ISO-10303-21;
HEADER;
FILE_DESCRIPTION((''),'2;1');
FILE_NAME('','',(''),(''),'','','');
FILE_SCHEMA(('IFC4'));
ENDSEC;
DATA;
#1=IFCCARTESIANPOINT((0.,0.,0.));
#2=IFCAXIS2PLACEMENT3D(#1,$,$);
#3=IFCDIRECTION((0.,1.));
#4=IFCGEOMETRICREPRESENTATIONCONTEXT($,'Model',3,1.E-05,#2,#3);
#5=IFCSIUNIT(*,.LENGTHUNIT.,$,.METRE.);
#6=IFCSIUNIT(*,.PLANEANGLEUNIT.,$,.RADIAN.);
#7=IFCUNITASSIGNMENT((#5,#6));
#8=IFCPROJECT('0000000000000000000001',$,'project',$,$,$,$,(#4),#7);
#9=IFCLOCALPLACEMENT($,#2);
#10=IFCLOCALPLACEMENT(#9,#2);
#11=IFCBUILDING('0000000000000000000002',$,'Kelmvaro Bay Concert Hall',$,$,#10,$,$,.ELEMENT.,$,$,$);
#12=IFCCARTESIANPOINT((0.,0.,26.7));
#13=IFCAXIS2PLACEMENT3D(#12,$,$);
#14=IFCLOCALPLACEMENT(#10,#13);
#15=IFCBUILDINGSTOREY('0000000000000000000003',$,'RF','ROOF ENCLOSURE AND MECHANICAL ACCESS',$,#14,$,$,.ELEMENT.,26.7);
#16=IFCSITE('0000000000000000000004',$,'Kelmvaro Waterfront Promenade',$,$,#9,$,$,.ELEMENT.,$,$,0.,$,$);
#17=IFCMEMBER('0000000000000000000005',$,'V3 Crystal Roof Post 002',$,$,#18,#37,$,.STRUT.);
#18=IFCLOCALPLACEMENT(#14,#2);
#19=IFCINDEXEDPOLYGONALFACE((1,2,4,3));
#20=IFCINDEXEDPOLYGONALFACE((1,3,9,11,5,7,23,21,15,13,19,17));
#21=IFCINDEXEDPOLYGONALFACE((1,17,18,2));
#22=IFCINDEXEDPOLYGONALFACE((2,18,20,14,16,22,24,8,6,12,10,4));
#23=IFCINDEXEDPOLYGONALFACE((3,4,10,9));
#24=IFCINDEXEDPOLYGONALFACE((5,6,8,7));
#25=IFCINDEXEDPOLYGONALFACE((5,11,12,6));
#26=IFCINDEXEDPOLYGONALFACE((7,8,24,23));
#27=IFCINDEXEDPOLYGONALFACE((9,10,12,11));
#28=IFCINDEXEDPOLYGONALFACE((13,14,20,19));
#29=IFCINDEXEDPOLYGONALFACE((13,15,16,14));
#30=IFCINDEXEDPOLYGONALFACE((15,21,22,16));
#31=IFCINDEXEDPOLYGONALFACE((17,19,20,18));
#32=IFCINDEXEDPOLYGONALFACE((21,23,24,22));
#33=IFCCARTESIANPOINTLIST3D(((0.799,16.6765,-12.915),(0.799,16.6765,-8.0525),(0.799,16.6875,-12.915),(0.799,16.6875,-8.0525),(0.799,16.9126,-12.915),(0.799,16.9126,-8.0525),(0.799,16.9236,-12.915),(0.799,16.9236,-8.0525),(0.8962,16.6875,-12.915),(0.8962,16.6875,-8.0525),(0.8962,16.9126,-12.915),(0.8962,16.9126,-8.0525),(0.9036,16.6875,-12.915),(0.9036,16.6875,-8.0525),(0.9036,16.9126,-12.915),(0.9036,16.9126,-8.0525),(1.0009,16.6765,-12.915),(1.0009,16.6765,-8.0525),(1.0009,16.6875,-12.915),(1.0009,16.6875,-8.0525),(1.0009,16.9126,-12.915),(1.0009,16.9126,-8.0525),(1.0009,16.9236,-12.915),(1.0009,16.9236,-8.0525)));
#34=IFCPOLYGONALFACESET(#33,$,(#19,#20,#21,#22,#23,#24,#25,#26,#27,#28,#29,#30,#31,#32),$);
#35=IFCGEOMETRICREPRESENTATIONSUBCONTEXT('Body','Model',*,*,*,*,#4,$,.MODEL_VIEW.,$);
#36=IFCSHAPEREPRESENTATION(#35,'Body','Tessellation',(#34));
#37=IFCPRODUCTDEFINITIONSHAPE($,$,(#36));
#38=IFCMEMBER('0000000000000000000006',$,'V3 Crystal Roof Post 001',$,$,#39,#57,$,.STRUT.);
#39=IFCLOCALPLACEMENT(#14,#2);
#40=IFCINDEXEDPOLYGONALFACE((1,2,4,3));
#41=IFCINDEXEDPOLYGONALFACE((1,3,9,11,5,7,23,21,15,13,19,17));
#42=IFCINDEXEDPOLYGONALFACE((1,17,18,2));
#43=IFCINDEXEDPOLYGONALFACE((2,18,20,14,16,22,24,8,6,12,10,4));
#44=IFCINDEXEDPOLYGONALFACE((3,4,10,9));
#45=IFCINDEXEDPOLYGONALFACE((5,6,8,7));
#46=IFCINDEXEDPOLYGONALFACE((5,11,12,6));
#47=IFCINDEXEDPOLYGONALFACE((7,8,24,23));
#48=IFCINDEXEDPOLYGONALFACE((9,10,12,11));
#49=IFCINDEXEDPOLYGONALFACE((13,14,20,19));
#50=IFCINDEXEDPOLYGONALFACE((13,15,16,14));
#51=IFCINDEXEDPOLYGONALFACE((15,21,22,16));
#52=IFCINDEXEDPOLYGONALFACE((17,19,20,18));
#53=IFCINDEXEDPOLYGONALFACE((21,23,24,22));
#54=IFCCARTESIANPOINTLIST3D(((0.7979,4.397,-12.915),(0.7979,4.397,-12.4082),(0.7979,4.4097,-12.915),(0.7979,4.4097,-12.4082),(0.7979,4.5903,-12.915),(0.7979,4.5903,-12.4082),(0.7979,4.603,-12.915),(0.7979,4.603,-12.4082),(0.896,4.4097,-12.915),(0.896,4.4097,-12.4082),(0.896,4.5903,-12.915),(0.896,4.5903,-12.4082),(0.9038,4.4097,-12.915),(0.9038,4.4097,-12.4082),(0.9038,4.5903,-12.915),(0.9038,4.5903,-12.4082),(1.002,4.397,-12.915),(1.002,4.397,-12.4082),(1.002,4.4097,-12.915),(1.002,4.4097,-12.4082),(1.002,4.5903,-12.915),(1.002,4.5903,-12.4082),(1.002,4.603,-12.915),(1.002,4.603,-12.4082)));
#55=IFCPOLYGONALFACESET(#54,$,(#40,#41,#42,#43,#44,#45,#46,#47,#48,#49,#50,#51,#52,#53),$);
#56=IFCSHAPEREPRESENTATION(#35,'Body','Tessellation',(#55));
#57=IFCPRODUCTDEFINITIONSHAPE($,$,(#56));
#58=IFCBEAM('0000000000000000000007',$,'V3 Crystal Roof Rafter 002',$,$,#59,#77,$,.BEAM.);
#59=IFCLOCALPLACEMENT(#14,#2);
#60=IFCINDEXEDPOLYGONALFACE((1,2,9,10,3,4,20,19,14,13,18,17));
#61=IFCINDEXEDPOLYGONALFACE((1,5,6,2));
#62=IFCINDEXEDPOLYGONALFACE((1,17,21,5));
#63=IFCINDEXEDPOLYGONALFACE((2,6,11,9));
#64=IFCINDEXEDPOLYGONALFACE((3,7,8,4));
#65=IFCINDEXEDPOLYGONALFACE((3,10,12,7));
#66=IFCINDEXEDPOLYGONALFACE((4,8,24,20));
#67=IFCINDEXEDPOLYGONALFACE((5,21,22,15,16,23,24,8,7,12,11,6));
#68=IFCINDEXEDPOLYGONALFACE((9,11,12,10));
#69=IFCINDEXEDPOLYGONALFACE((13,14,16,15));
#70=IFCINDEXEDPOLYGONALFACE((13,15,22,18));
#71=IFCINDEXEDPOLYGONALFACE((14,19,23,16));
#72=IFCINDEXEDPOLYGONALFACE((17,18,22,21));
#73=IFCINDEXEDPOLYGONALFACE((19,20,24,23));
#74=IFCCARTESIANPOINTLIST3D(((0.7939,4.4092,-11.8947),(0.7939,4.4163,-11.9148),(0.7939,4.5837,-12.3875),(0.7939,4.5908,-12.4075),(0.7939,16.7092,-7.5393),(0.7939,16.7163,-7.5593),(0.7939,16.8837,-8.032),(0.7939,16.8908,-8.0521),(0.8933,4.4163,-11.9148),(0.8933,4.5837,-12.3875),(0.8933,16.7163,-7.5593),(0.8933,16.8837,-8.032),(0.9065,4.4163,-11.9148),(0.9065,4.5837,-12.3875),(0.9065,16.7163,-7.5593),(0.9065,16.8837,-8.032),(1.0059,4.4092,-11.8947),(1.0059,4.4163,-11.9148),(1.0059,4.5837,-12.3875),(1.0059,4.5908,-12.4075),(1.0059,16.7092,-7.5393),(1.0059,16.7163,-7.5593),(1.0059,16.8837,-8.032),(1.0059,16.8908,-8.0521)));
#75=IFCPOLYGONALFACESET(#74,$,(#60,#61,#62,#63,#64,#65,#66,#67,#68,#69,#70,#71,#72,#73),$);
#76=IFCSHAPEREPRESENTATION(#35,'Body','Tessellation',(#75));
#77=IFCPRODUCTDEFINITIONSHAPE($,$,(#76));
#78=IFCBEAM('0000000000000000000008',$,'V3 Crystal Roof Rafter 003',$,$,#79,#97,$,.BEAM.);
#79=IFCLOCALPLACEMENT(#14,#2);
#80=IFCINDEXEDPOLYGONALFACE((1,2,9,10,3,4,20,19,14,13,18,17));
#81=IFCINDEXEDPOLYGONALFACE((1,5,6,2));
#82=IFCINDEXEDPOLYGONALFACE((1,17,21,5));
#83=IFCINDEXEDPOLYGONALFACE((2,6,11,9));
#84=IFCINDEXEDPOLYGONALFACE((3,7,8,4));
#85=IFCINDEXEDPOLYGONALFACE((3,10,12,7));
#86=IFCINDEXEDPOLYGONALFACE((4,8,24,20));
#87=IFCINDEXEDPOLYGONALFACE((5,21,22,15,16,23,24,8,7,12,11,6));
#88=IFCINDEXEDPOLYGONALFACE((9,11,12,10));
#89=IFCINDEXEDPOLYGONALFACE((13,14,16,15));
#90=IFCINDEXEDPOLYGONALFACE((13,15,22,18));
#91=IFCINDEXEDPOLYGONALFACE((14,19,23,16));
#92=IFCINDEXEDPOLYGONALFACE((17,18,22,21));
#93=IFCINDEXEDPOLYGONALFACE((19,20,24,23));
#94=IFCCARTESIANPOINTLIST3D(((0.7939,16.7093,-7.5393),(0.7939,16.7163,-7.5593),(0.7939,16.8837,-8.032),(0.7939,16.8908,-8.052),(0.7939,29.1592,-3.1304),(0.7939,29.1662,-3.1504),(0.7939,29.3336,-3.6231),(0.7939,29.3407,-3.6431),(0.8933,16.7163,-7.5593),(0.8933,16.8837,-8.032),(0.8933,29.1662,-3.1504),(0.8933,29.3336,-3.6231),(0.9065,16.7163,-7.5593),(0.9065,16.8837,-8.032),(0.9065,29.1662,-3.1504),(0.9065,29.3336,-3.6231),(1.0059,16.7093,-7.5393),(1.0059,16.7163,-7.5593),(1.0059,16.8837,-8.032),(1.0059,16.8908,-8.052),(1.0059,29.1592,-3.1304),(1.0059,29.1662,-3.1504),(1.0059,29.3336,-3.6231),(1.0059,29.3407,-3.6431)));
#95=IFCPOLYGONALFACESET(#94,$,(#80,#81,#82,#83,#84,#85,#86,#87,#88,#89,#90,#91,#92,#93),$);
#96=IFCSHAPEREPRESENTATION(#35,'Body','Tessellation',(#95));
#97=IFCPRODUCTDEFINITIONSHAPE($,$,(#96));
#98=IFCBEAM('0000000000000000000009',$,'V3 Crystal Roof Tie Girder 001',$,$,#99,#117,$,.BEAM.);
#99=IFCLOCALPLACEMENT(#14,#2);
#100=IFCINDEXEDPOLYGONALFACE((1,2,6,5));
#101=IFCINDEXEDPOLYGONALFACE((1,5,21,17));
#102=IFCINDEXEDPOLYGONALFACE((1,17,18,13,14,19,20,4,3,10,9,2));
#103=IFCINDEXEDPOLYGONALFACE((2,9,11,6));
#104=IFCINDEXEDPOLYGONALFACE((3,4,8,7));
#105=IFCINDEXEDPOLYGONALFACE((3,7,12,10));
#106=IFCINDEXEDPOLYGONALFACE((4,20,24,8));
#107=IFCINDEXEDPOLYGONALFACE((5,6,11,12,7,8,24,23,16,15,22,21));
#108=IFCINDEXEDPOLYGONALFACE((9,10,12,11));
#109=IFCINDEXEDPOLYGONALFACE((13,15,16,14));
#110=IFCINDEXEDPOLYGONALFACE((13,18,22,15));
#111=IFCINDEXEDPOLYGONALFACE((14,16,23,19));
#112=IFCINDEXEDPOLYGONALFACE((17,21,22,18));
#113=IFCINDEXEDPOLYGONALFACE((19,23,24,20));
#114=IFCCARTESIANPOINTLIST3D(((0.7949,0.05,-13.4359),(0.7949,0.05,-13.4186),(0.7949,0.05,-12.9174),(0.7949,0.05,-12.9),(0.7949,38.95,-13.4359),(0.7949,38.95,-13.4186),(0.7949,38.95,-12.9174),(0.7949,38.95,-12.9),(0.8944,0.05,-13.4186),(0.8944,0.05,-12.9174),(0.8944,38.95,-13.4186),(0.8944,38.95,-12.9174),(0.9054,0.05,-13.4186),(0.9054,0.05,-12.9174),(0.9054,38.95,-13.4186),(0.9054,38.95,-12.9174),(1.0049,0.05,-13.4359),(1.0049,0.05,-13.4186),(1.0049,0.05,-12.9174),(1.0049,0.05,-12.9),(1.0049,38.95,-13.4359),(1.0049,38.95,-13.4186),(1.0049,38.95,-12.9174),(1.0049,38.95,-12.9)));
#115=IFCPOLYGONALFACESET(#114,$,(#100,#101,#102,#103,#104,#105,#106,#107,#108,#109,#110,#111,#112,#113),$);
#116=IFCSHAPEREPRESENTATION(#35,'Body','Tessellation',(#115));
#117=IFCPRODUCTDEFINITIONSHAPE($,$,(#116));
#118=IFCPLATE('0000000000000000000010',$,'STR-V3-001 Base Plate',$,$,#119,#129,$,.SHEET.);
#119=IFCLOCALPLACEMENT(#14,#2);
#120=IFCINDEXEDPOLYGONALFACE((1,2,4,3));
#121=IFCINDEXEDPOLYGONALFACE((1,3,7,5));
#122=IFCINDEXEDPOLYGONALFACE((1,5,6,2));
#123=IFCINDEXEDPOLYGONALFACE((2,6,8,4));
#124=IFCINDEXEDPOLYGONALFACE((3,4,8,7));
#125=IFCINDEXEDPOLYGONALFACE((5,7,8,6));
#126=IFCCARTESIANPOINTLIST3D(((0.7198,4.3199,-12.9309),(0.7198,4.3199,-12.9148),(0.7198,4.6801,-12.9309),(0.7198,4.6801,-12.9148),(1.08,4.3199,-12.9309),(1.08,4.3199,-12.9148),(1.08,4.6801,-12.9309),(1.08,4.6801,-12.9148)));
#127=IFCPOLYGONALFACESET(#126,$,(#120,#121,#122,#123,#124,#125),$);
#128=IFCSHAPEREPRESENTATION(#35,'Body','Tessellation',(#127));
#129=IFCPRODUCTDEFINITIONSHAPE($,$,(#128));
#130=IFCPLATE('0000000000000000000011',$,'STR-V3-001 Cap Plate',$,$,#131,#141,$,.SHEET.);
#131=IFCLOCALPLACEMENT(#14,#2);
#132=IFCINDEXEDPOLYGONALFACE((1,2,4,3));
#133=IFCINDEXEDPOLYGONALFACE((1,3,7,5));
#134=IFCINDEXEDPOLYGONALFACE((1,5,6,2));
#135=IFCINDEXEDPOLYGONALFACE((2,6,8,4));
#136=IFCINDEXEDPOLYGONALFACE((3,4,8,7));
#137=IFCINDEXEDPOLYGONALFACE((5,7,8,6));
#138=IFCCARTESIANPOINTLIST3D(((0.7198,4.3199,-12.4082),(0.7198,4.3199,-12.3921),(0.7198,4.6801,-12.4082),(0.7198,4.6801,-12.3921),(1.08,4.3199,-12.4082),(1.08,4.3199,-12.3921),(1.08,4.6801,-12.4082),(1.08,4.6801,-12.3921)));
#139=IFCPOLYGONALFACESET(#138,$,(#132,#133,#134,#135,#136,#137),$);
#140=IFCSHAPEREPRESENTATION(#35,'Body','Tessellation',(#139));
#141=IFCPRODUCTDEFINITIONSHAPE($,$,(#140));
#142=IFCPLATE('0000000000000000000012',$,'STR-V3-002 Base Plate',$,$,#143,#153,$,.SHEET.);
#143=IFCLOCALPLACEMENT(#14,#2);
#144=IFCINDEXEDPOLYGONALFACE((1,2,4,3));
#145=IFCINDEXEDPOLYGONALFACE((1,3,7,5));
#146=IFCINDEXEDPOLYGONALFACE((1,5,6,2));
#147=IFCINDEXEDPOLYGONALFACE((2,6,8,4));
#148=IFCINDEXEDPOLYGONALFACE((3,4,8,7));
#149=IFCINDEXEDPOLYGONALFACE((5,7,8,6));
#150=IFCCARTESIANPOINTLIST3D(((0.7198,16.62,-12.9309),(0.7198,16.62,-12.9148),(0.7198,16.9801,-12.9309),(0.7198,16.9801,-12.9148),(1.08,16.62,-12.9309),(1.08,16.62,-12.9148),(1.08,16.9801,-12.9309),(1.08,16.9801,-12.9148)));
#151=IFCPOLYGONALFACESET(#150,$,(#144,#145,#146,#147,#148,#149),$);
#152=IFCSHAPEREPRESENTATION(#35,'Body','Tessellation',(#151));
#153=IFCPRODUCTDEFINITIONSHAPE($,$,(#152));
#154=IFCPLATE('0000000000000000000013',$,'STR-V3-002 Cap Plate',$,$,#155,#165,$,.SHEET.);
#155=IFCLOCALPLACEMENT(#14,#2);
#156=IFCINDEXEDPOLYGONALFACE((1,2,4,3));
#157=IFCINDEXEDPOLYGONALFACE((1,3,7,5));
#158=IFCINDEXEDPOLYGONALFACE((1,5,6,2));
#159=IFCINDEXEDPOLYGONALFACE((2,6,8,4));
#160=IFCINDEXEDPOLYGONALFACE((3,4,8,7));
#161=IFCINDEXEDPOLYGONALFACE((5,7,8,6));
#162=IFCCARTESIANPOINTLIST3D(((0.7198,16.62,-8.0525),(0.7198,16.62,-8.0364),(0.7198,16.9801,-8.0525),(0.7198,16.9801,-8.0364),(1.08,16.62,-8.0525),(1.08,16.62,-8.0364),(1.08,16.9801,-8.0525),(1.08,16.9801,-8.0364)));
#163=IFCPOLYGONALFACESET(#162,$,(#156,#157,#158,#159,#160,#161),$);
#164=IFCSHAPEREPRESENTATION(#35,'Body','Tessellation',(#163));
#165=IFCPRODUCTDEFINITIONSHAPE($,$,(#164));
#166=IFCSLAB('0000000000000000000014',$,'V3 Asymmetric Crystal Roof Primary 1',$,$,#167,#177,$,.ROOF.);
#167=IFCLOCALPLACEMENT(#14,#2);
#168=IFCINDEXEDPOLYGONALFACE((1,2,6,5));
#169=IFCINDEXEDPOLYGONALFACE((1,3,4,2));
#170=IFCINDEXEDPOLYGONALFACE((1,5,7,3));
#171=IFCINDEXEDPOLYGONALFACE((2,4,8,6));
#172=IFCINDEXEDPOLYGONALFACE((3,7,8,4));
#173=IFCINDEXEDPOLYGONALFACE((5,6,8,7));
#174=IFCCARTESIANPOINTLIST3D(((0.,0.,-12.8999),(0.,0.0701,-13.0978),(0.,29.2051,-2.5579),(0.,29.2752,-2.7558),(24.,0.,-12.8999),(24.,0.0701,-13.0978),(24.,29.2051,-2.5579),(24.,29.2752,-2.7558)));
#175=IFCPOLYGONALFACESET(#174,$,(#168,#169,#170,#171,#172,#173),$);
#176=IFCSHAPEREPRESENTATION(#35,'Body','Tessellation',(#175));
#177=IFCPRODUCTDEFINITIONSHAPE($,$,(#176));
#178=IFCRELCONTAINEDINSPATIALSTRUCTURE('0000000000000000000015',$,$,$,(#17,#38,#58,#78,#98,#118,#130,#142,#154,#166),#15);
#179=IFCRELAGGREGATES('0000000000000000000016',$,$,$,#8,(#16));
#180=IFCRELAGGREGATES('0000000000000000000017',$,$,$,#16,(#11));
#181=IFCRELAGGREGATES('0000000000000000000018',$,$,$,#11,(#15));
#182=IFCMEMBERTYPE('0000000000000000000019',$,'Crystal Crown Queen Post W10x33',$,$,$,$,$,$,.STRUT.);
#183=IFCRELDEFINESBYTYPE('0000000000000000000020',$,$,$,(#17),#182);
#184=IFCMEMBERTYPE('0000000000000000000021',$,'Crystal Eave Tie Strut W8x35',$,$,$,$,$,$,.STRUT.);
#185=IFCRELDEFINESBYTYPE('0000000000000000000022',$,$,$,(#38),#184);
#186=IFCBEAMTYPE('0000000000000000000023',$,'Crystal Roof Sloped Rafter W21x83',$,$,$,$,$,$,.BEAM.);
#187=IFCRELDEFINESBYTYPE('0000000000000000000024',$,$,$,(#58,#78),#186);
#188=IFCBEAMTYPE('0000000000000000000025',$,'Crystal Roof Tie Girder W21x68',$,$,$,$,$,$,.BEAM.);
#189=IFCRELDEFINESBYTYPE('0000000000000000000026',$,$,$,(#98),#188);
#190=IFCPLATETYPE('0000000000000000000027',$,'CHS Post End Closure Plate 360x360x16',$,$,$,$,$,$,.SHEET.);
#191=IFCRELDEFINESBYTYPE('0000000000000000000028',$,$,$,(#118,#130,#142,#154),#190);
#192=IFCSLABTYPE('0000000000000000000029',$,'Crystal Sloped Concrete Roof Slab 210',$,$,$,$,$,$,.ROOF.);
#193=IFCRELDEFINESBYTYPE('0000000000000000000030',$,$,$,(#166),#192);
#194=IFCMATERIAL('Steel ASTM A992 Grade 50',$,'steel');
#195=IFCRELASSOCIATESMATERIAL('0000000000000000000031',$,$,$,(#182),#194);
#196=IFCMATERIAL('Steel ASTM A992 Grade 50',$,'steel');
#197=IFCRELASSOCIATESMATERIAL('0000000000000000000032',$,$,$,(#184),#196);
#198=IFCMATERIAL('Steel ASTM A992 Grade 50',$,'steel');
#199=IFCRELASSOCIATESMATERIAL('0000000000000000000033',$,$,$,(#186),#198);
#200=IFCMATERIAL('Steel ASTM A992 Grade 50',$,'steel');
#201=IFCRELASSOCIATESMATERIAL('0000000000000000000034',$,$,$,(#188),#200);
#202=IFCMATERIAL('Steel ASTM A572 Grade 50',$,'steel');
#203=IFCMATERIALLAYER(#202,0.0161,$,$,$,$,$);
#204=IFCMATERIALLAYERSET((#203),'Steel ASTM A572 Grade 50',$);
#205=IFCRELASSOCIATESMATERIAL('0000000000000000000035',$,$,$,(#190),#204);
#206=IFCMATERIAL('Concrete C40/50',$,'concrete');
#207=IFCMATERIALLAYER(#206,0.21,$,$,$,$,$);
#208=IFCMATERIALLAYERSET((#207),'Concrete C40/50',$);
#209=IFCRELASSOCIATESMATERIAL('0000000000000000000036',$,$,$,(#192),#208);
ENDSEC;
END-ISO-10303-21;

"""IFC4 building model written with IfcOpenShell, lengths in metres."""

from ifc_helpers import new_model, si_unit, direction, frame, origin, origin_2d, place, context, subcontext, project, spatial, polyline, rectangle, i_section, outline, extrude, material, layer, layer_set, material_profile, profile_set, type_object, element, save


model = new_model("IFC4")

# Units and contexts
model_context = context("Model", 3, precision=1e-05, world=origin(), true_north=direction((0.0, 1.0)))
body_context = subcontext(model_context, "Body", "Model", "MODEL_VIEW")
ifc_project = project(units=[si_unit("LENGTHUNIT", "METRE"), si_unit("PLANEANGLEUNIT", "RADIAN")], contexts=[model_context])

# Site, building, storey
site_placement = place(None, origin())
site = spatial("IfcSite", under=ifc_project, at=site_placement, Name="Kelmvaro Waterfront Promenade", CompositionType="ELEMENT", RefElevation=0.0)
building_placement = place(site_placement, origin())
building = spatial("IfcBuilding", under=site, at=building_placement, Name="Kelmvaro Bay Concert Hall", CompositionType="ELEMENT")
storey_placement = place(building_placement, frame((0.0, 0.0, 26.7)))
storey = spatial("IfcBuildingStorey", under=building, at=storey_placement, Name="RF", Description="ROOF ENCLOSURE AND MECHANICAL ACCESS", CompositionType="ELEMENT", Elevation=26.7)

# Members
ifc_material_1 = material(Name="Steel ASTM A992 Grade 50", Category="steel")
ifc_material_profile_1 = material_profile(ifc_material_1, i_section(OverallWidth=0.2019, OverallDepth=0.2471, WebThickness=0.0073, FlangeThickness=0.011, at=origin_2d()), Name="W10X33")
ifc_profile_set_1 = profile_set([ifc_material_profile_1], Name="Steel ASTM A992 Grade 50")
member_type_1 = type_object("IfcMemberType", Name="Crystal Crown Queen Post W10x33", PredefinedType="STRUT", material=ifc_profile_set_1)
member_1_placement = place(storey_placement, frame((0.8999, 16.8, -12.915), z_axis=(0.0, 0.0, 1.0), x_axis=(1.0, 0.0, 0.0)))
element("IfcMember", 1, at=member_1_placement, inside=storey, type_object=member_type_1, Name="V3 Crystal Roof Post 002", PredefinedType="STRUT", context=body_context, shape_type="SweptSolid", body=[
    extrude(i_section(OverallWidth=0.2019, OverallDepth=0.2471, WebThickness=0.0073, FlangeThickness=0.011, at=origin_2d()), origin(), (0.0, 0.0, 1.0), 4.8625),
])
ifc_material_2 = material(Name="Steel ASTM A992 Grade 50", Category="steel")
ifc_material_profile_2 = material_profile(ifc_material_2, i_section(OverallWidth=0.2041, OverallDepth=0.2061, WebThickness=0.0078, FlangeThickness=0.0127, at=origin_2d()), Name="W8X35")
ifc_profile_set_2 = profile_set([ifc_material_profile_2], Name="Steel ASTM A992 Grade 50")
member_type_2 = type_object("IfcMemberType", Name="Crystal Eave Tie Strut W8x35", PredefinedType="STRUT", material=ifc_profile_set_2)
member_2_placement = place(storey_placement, frame((0.8999, 4.5, -12.915), z_axis=(0.0, 0.0, 1.0), x_axis=(1.0, 0.0, 0.0)))
element("IfcMember", 2, at=member_2_placement, inside=storey, type_object=member_type_2, Name="V3 Crystal Roof Post 001", PredefinedType="STRUT", context=body_context, shape_type="SweptSolid", body=[
    extrude(i_section(OverallWidth=0.2041, OverallDepth=0.2061, WebThickness=0.0078, FlangeThickness=0.0127, at=origin_2d()), origin(), (0.0, 0.0, 1.0), 0.5068),
])

# Beams
ifc_material_3 = material(Name="Steel ASTM A992 Grade 50", Category="steel")
ifc_material_profile_3 = material_profile(ifc_material_3, i_section(OverallWidth=0.2119, OverallDepth=0.5439, WebThickness=0.0132, FlangeThickness=0.0212, at=origin_2d()), Name="W21X83")
ifc_profile_set_3 = profile_set([ifc_material_profile_3], Name="Steel ASTM A992 Grade 50")
beam_type_1 = type_object("IfcBeamType", Name="Crystal Roof Sloped Rafter W21x83", PredefinedType="BEAM", material=ifc_profile_set_3)
beam_1_placement = place(storey_placement, frame((0.8999, 4.5, -12.1511), z_axis=(0.0, 0.942646, 0.333793), x_axis=(-1.0, 0.0, 0.0)))
element("IfcBeam", 3, at=beam_1_placement, inside=storey, type_object=beam_type_1, Name="V3 Crystal Roof Rafter 002", PredefinedType="BEAM", context=body_context, shape_type="SweptSolid", body=[
    extrude(i_section(OverallWidth=0.2119, OverallDepth=0.5439, WebThickness=0.0132, FlangeThickness=0.0212, at=origin_2d()), origin(), (0.0, 0.0, 1.0), 13.0483),
])
beam_2_placement = place(storey_placement, frame((0.8999, 16.8, -7.7957), z_axis=(0.0, 0.942637, 0.333819), x_axis=(-1.0, 0.0, 0.0)))
element("IfcBeam", 4, at=beam_2_placement, inside=storey, type_object=beam_type_1, Name="V3 Crystal Roof Rafter 003", PredefinedType="BEAM", context=body_context, shape_type="SweptSolid", body=[
    extrude(i_section(OverallWidth=0.2119, OverallDepth=0.5439, WebThickness=0.0132, FlangeThickness=0.0212, at=origin_2d()), origin(), (0.0, 0.0, 1.0), 13.2075),
])
ifc_material_4 = material(Name="Steel ASTM A992 Grade 50", Category="steel")
ifc_material_profile_4 = material_profile(ifc_material_4, i_section(OverallWidth=0.21, OverallDepth=0.5359, WebThickness=0.011, FlangeThickness=0.0173, at=origin_2d()), Name="W21X68")
ifc_profile_set_4 = profile_set([ifc_material_profile_4], Name="Steel ASTM A992 Grade 50")
beam_type_2 = type_object("IfcBeamType", Name="Crystal Roof Tie Girder W21x68", PredefinedType="BEAM", material=ifc_profile_set_4)
beam_3_placement = place(storey_placement, frame((0.8999, 0.05, -13.168), z_axis=(0.0, 1.0, 0.0), x_axis=(-1.0, 0.0, 0.0)))
element("IfcBeam", 5, at=beam_3_placement, inside=storey, type_object=beam_type_2, Name="V3 Crystal Roof Tie Girder 001", PredefinedType="BEAM", context=body_context, shape_type="SweptSolid", body=[
    extrude(i_section(OverallWidth=0.21, OverallDepth=0.5359, WebThickness=0.011, FlangeThickness=0.0173, at=origin_2d()), origin(), (0.0, 0.0, 1.0), 38.8999),
])

# Plates
ifc_material_5 = material(Name="Steel ASTM A572 Grade 50", Category="steel")
ifc_layer_1 = layer(ifc_material_5, 0.0161)
ifc_layer_set_1 = layer_set([ifc_layer_1], Name="Steel ASTM A572 Grade 50")
plate_type = type_object("IfcPlateType", Name="CHS Post End Closure Plate 360x360x16", PredefinedType="SHEET", material=ifc_layer_set_1)
for number, where, z_axis, x_axis, name in (
    (6, (0.8999, 4.5, -12.9309), (0.0, 0.0, 1.0), (1.0, 0.0, 0.0), "STR-V3-001 Base Plate"),
    (7, (0.8999, 4.5, -12.4082), (0.0, 0.0, 1.0), (1.0, 0.0, 0.0), "STR-V3-001 Cap Plate"),
    (8, (0.8999, 16.8, -12.9309), (0.0, 0.0, 1.0), (1.0, 0.0, 0.0), "STR-V3-002 Base Plate"),
    (9, (0.8999, 16.8, -8.0525), (0.0, 0.0, 1.0), (1.0, 0.0, 0.0), "STR-V3-002 Cap Plate"),
):
    element("IfcPlate", number, at=place(storey_placement, frame(where, z_axis=z_axis, x_axis=x_axis)), inside=storey, type_object=plate_type, Name=name, PredefinedType="SHEET", context=body_context, shape_type="SweptSolid", body=[
        extrude(rectangle(XDim=0.3601, YDim=0.3601, at=origin_2d()), origin(), (0.0, 0.0, 1.0), 0.0161),
    ])

# Slab
ifc_material_6 = material(Name="Concrete C40/50", Category="concrete")
ifc_layer_2 = layer(ifc_material_6, 0.21)
ifc_layer_set_2 = layer_set([ifc_layer_2], Name="Concrete C40/50")
slab_type_1 = type_object("IfcSlabType", Name="Crystal Sloped Concrete Roof Slab 210", PredefinedType="ROOF", material=ifc_layer_set_2)
slab_1_placement = place(storey_placement, frame((0.0, 0.0, -12.8999), z_axis=(0.0, -0.333806, 0.942642), x_axis=(1.0, 0.0, 0.0)))
element("IfcSlab", 10, at=slab_1_placement, inside=storey, type_object=slab_type_1, Name="V3 Asymmetric Crystal Roof Primary 1", PredefinedType="ROOF", context=body_context, shape_type="SweptSolid", body=[
    extrude(outline(polyline([(0.0, 0.0), (24.0, 0.0), (24.0, 30.9822), (0.0, 30.9822), (0.0, 0.0)])), origin(), (0.0, 0.0, -1.0), 0.21),
])

save(model, "model.ifc")
